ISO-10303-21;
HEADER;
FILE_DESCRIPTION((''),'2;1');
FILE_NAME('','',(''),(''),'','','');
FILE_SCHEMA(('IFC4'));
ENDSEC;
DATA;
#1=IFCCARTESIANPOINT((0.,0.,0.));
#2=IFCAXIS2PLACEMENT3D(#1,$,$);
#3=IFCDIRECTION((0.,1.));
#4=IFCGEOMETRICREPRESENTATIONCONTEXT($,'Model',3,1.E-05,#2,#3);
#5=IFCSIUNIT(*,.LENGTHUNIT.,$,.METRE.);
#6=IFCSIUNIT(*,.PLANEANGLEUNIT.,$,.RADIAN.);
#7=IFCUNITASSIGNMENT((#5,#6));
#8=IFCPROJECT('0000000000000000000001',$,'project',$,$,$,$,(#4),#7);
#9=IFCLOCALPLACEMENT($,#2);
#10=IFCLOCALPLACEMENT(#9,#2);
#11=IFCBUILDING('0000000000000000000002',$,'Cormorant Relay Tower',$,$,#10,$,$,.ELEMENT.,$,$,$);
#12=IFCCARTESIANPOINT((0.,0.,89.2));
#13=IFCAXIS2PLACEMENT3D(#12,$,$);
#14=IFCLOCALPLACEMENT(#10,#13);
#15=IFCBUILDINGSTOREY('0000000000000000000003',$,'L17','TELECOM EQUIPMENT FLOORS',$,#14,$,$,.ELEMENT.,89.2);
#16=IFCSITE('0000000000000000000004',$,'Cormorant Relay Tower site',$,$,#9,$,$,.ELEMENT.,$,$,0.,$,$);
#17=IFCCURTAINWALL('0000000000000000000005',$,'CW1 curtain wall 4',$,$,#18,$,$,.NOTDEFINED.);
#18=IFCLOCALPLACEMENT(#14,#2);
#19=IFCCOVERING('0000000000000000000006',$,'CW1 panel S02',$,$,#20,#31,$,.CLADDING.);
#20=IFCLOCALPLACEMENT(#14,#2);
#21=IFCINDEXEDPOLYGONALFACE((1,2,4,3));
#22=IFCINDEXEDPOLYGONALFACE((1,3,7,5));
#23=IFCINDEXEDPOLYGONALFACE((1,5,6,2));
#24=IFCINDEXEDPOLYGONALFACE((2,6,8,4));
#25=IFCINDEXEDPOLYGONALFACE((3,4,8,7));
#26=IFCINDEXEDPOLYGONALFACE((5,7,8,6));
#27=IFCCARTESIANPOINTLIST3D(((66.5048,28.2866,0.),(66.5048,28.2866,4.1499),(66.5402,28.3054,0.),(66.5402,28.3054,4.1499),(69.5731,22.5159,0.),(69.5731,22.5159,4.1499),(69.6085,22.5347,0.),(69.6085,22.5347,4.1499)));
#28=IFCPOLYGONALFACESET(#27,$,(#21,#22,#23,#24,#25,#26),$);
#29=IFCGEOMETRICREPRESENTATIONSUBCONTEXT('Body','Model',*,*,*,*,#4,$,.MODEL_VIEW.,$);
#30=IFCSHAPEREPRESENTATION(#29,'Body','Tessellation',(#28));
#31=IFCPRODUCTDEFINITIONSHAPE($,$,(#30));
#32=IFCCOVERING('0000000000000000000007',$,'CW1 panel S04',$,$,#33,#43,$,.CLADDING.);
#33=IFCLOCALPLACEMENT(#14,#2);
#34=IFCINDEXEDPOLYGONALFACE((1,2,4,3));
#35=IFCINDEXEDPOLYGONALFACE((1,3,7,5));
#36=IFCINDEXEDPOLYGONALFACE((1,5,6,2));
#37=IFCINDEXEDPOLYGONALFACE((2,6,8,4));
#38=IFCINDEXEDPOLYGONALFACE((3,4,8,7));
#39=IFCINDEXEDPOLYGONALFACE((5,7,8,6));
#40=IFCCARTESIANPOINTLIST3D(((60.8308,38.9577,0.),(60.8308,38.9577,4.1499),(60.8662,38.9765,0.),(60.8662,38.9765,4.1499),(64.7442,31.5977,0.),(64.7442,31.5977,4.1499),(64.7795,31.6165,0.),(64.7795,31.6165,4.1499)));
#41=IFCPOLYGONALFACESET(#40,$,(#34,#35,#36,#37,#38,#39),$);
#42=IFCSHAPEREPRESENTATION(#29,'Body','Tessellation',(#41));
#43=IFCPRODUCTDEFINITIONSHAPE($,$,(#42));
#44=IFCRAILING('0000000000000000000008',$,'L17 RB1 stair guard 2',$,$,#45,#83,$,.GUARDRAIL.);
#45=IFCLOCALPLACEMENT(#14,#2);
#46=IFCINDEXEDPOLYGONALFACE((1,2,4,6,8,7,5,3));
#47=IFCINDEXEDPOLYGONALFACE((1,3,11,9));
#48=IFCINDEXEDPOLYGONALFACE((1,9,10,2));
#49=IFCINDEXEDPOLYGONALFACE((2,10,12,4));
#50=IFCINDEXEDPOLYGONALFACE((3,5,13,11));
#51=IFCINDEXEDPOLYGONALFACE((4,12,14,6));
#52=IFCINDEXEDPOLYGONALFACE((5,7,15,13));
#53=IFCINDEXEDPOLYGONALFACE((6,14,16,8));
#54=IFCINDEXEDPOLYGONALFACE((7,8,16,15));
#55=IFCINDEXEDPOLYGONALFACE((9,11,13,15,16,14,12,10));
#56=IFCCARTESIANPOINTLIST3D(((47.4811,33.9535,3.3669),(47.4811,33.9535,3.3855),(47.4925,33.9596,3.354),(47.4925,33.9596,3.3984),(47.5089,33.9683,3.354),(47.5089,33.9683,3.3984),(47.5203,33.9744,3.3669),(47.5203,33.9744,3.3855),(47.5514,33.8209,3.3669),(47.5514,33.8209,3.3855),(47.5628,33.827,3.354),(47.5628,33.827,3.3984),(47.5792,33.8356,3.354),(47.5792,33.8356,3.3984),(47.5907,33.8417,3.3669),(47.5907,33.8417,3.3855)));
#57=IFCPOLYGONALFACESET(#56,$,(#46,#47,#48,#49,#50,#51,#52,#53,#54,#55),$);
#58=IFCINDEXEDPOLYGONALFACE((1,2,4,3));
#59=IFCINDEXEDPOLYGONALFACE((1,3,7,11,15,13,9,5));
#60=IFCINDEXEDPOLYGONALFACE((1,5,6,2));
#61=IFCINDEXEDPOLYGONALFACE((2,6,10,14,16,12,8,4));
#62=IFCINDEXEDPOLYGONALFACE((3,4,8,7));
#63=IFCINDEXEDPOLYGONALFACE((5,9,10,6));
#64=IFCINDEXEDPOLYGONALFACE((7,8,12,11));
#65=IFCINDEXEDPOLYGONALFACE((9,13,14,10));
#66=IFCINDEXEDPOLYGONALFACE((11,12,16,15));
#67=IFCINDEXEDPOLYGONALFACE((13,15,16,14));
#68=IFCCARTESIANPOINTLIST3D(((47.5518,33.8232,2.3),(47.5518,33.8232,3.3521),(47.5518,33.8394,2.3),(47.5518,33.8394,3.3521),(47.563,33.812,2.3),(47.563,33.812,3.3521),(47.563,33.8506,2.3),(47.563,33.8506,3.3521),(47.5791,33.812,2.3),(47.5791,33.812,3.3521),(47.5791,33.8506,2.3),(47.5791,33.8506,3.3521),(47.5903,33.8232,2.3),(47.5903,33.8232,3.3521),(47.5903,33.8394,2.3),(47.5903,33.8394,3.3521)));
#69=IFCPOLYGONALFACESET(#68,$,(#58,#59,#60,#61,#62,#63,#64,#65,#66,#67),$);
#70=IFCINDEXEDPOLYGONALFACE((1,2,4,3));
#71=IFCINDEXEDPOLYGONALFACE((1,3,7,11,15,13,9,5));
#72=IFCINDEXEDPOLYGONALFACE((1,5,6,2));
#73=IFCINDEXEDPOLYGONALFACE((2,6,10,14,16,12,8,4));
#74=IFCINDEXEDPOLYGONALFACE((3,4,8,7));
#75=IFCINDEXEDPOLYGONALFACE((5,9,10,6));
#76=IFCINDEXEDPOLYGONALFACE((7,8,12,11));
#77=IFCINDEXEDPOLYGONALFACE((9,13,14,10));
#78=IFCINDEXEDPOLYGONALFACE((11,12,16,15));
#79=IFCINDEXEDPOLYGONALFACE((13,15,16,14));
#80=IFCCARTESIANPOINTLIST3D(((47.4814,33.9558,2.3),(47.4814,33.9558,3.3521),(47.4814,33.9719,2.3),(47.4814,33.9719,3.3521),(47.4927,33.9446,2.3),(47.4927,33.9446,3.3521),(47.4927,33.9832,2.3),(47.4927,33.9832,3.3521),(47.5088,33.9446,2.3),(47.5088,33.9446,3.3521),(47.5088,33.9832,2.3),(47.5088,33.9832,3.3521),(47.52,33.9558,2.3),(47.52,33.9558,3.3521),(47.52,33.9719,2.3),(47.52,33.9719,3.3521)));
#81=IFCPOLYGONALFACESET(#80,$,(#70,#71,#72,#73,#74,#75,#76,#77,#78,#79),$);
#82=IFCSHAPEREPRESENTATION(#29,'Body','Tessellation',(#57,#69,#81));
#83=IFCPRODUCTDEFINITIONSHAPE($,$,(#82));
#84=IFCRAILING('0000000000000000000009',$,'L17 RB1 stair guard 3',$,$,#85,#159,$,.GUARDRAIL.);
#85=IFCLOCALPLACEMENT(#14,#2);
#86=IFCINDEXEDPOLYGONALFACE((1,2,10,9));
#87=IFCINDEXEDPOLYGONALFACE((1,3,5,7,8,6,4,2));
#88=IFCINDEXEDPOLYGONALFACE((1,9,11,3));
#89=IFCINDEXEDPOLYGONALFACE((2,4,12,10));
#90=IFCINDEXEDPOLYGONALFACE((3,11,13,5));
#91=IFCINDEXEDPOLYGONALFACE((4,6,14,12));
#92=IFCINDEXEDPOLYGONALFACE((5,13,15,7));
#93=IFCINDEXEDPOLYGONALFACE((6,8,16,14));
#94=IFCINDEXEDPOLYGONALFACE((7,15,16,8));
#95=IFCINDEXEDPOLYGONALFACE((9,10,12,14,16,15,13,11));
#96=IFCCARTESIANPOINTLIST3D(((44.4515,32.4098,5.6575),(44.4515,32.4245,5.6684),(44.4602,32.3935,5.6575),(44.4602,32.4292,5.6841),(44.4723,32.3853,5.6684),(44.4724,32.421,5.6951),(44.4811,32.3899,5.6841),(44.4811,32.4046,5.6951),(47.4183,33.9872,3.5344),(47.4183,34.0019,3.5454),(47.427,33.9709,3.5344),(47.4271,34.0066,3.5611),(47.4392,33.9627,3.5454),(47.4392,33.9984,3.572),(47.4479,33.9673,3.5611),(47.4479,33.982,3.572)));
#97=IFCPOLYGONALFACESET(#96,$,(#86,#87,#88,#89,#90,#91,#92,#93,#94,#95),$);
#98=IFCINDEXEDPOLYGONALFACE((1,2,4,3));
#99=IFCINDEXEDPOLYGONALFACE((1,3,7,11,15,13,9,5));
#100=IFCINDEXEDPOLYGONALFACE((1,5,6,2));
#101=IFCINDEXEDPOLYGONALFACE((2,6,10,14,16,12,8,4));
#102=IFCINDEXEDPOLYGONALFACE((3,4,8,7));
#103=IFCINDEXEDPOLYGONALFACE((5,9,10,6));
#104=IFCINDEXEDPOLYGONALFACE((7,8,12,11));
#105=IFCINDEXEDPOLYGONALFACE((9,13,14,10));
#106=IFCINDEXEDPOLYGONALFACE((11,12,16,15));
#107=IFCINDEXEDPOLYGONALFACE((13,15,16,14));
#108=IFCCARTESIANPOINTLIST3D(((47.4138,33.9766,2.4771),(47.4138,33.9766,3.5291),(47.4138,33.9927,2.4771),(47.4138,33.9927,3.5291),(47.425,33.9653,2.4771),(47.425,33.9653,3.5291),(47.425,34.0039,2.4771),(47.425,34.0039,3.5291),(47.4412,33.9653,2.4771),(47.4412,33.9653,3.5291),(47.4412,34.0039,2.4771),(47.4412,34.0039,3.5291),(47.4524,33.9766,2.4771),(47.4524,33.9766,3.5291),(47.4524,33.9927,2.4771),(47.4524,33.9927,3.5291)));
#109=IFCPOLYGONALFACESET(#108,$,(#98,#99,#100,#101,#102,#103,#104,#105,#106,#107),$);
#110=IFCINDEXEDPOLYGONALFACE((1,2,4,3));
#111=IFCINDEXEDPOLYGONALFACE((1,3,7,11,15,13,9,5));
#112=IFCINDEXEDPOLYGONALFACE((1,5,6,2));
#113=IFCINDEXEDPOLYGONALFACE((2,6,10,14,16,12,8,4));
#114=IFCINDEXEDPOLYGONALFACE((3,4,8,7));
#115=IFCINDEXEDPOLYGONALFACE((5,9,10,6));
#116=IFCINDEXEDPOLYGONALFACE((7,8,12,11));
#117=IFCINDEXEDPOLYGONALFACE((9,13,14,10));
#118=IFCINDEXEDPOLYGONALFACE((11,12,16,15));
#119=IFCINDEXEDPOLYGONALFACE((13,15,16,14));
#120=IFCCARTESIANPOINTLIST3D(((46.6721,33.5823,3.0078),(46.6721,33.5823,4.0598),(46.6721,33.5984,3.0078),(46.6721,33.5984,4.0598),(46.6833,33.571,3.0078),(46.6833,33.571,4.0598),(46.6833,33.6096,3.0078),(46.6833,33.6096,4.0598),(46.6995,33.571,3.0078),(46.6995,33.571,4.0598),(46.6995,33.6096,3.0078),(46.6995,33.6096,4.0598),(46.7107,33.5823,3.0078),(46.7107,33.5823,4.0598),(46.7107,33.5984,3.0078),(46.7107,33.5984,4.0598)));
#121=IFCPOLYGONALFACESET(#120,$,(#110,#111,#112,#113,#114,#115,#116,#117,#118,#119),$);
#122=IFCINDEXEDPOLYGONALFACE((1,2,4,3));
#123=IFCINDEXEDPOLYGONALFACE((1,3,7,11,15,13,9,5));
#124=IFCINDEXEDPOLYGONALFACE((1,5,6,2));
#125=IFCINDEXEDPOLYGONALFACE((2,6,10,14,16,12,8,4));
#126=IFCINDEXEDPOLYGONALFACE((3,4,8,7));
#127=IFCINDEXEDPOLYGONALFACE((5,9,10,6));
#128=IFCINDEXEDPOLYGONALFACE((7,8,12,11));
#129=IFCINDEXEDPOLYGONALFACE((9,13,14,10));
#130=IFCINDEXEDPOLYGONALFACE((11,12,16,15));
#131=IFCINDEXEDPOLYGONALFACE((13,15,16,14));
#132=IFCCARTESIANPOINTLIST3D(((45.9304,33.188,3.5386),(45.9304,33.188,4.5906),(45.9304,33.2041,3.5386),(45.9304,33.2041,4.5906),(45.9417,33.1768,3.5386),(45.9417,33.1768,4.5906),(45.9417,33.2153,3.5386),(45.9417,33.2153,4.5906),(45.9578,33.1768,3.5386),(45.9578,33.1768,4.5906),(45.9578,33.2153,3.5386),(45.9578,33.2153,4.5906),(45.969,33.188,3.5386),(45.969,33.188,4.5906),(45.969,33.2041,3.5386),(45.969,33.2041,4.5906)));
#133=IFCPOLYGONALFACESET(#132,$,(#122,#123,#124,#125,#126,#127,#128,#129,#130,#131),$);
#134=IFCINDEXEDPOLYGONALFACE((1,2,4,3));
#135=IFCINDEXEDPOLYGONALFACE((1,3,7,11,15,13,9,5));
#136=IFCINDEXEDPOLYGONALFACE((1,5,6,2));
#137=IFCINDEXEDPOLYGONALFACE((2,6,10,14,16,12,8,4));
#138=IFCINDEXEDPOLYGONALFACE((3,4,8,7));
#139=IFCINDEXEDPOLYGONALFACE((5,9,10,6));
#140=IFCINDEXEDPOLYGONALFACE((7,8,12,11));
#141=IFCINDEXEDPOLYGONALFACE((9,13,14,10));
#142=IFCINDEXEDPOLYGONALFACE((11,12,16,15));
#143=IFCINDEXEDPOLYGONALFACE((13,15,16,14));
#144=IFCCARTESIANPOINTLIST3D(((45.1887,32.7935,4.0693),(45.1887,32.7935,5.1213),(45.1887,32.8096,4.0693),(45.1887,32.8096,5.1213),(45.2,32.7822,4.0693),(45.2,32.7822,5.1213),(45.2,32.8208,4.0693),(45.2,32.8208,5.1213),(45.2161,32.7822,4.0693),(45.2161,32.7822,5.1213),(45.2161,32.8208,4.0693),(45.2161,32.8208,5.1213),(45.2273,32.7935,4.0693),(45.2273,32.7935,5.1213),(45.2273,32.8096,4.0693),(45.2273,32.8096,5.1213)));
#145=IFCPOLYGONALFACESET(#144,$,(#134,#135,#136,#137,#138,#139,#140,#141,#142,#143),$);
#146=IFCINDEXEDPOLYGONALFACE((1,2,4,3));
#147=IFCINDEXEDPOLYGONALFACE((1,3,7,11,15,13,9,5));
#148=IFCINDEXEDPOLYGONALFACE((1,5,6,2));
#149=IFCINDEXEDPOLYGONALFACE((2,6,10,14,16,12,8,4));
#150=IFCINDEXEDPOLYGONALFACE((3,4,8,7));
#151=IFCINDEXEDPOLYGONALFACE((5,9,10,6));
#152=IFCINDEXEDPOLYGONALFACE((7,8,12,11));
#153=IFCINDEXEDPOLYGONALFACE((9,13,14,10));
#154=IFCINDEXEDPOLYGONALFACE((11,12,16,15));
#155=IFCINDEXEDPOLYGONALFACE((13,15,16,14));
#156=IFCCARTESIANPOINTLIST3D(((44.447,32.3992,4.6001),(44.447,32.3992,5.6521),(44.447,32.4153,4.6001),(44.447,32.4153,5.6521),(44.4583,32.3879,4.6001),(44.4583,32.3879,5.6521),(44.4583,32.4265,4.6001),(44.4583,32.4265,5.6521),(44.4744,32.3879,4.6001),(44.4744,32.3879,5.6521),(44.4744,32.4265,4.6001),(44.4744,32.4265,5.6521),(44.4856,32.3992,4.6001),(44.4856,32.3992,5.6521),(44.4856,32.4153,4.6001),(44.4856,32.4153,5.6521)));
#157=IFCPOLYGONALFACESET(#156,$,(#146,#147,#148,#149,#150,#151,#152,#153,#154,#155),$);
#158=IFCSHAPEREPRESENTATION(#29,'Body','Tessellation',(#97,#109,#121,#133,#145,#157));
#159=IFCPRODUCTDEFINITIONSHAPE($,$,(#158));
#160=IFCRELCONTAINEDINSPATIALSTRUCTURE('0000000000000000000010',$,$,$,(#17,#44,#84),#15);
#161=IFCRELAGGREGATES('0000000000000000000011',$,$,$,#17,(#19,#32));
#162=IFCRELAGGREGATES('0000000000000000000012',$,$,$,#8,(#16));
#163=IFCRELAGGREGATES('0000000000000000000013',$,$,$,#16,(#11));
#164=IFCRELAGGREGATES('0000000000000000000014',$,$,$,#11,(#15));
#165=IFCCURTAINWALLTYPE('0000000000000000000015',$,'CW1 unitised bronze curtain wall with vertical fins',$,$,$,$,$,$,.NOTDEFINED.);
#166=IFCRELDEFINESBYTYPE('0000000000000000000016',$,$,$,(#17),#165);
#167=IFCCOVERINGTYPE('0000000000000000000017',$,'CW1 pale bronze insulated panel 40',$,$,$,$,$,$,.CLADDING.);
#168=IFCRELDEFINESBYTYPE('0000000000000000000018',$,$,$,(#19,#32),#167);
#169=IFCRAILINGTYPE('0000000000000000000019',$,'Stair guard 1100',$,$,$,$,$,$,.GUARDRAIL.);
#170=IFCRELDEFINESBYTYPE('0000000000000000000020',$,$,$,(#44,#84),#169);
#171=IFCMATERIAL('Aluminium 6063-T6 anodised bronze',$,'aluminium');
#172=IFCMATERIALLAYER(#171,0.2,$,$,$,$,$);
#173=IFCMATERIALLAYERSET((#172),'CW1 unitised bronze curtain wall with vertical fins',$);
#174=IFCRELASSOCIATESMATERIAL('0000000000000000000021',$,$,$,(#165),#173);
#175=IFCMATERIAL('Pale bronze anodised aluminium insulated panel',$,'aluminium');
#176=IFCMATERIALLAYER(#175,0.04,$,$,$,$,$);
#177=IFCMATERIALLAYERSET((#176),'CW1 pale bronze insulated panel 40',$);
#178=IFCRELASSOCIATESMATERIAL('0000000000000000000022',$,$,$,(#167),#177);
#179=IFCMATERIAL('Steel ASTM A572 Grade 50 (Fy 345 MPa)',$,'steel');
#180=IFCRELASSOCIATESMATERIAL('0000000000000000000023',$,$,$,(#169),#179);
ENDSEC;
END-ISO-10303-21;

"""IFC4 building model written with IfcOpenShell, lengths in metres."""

from ifc_helpers import new_model, si_unit, direction, frame, origin, origin_2d, place, context, subcontext, project, spatial, polyline, rectangle, outline, extrude, material, layer, layer_set, type_object, element, aggregate, save


model = new_model("IFC4")

# Units and contexts
model_context = context("Model", 3, precision=1e-05, world=origin(), true_north=direction((0.0, 1.0)))
body_context = subcontext(model_context, "Body", "Model", "MODEL_VIEW")
ifc_project = project(units=[si_unit("LENGTHUNIT", "METRE"), si_unit("PLANEANGLEUNIT", "RADIAN")], contexts=[model_context])

# Site, building, storey
site_placement = place(None, origin())
site = spatial("IfcSite", under=ifc_project, at=site_placement, Name="Cormorant Relay Tower site", CompositionType="ELEMENT", RefElevation=0.0)
building_placement = place(site_placement, origin())
building = spatial("IfcBuilding", under=site, at=building_placement, Name="Cormorant Relay Tower", CompositionType="ELEMENT")
storey_placement = place(building_placement, frame((0.0, 0.0, 89.2)))
storey = spatial("IfcBuildingStorey", under=building, at=storey_placement, Name="L17", Description="TELECOM EQUIPMENT FLOORS", CompositionType="ELEMENT", Elevation=89.2)

# Curtain wall
ifc_material_1 = material(Name="Aluminium 6063-T6 anodised bronze", Category="aluminium")
ifc_layer_1 = layer(ifc_material_1, 0.2)
ifc_layer_set_1 = layer_set([ifc_layer_1], Name="CW1 unitised bronze curtain wall with vertical fins")
curtain_wall_type = type_object("IfcCurtainWallType", Name="CW1 unitised bronze curtain wall with vertical fins", PredefinedType="NOTDEFINED", material=ifc_layer_set_1)
curtain_wall_placement = place(storey_placement, origin())
curtain_wall = element("IfcCurtainWall", 1, at=curtain_wall_placement, inside=storey, type_object=curtain_wall_type, Name="CW1 curtain wall 4", PredefinedType="NOTDEFINED")

# Coverings
ifc_material_2 = material(Name="Pale bronze anodised aluminium insulated panel", Category="aluminium")
ifc_layer_2 = layer(ifc_material_2, 0.04)
ifc_layer_set_2 = layer_set([ifc_layer_2], Name="CW1 pale bronze insulated panel 40")
covering_type = type_object("IfcCoveringType", Name="CW1 pale bronze insulated panel 40", PredefinedType="CLADDING", material=ifc_layer_set_2)
covering_1_placement = place(storey_placement, frame((68.0566, 25.4106, 0.0), z_axis=(0.0, 0.0, 1.0), x_axis=(-0.469472, 0.882948, 0.0)))
covering_1 = element("IfcCovering", 2, at=covering_1_placement, type_object=covering_type, Name="CW1 panel S02", PredefinedType="CLADDING", context=body_context, shape_type="SweptSolid", body=[
    extrude(rectangle(XDim=6.5356, YDim=0.04, at=origin_2d()), origin(), (0.0, 0.0, 1.0), 4.1499),
])
covering_2_placement = place(storey_placement, frame((62.8052, 35.2871, 0.0), z_axis=(0.0, 0.0, 1.0), x_axis=(-0.469472, 0.882948, 0.0)))
covering_2 = element("IfcCovering", 3, at=covering_2_placement, type_object=covering_type, Name="CW1 panel S04", PredefinedType="CLADDING", context=body_context, shape_type="SweptSolid", body=[
    extrude(rectangle(XDim=8.3357, YDim=0.04, at=origin_2d()), origin(), (0.0, 0.0, 1.0), 4.1499),
])
aggregate(curtain_wall, [covering_1, covering_2])

# Railings
ifc_material_3 = material(Name="Steel ASTM A572 Grade 50 (Fy 345 MPa)", Category="steel")
railing_type_1 = type_object("IfcRailingType", Name="Stair guard 1100", PredefinedType="GUARDRAIL", material=ifc_material_3)
railing_1_placement = place(storey_placement, frame((47.571, 33.8313, 2.3)))
element("IfcRailing", 4, at=railing_1_placement, inside=storey, type_object=railing_type_1, Name="L17 RB1 stair guard 2", PredefinedType="GUARDRAIL", context=body_context, shape_type="SweptSolid", body=[
    extrude(outline(polyline([(0.0222, 0.0093), (0.0093, 0.0222), (-0.0093, 0.0222), (-0.0222, 0.0093), (-0.0222, -0.0093), (-0.0093, -0.0222), (0.0093, -0.0222), (0.0222, -0.0093), (0.0222, 0.0093)])), frame((0.0, 0.0, 1.0762), z_axis=(-0.46856, 0.883431, 0.0), x_axis=(-0.883431, -0.46856, 0.0)), (0.0, 0.0, 1.0), 0.1501),
    extrude(outline(polyline([(0.0193, 0.0081), (0.0081, 0.0193), (-0.0081, 0.0193), (-0.0193, 0.0081), (-0.0193, -0.0081), (-0.0081, -0.0193), (0.0081, -0.0193), (0.0193, -0.0081), (0.0193, 0.0081)])), origin(), (0.0, 0.0, 1.0), 1.052),
    extrude(outline(polyline([(0.0193, 0.0081), (0.0081, 0.0193), (-0.0081, 0.0193), (-0.0193, 0.0081), (-0.0193, -0.0081), (-0.0081, -0.0193), (0.0081, -0.0193), (0.0193, -0.0081), (0.0193, 0.0081)])), frame((-0.0703, 0.1326, 0.0)), (0.0, 0.0, 1.0), 1.052),
])
railing_2_placement = place(storey_placement, frame((47.4331, 33.9846, 2.4771)))
element("IfcRailing", 5, at=railing_2_placement, inside=storey, type_object=railing_type_1, Name="L17 RB1 stair guard 3", PredefinedType="GUARDRAIL", context=body_context, shape_type="SweptSolid", body=[
    extrude(outline(polyline([(0.0222, 0.0093), (0.0093, 0.0222), (-0.0093, 0.0222), (-0.0222, 0.0093), (-0.0222, -0.0093), (-0.0093, -0.0222), (0.0093, -0.0222), (0.0222, -0.0093), (0.0222, 0.0093)])), frame((0.0, 0.0, 1.0762), z_axis=(-0.746441, -0.396869, 0.534155), x_axis=(0.469453, -0.882958, 0.0)), (0.0, 0.0, 1.0), 3.9746),
    extrude(outline(polyline([(0.0193, 0.0081), (0.0081, 0.0193), (-0.0081, 0.0193), (-0.0193, 0.0081), (-0.0193, -0.0081), (-0.0081, -0.0193), (0.0081, -0.0193), (0.0193, -0.0081), (0.0193, 0.0081)])), origin(), (0.0, 0.0, 1.0), 1.052),
    extrude(outline(polyline([(0.0193, 0.0081), (0.0081, 0.0193), (-0.0081, 0.0193), (-0.0193, 0.0081), (-0.0193, -0.0081), (-0.0081, -0.0193), (0.0081, -0.0193), (0.0193, -0.0081), (0.0193, 0.0081)])), frame((-0.7417, -0.3943, 0.5308)), (0.0, 0.0, 1.0), 1.052),
    extrude(outline(polyline([(0.0193, 0.0081), (0.0081, 0.0193), (-0.0081, 0.0193), (-0.0193, 0.0081), (-0.0193, -0.0081), (-0.0081, -0.0193), (0.0081, -0.0193), (0.0193, -0.0081), (0.0193, 0.0081)])), frame((-1.4834, -0.7886, 1.0615)), (0.0, 0.0, 1.0), 1.052),
    extrude(outline(polyline([(0.0193, 0.0081), (0.0081, 0.0193), (-0.0081, 0.0193), (-0.0193, 0.0081), (-0.0193, -0.0081), (-0.0081, -0.0193), (0.0081, -0.0193), (0.0193, -0.0081), (0.0193, 0.0081)])), frame((-2.2251, -1.1831, 1.5923)), (0.0, 0.0, 1.0), 1.052),
    extrude(outline(polyline([(0.0193, 0.0081), (0.0081, 0.0193), (-0.0081, 0.0193), (-0.0193, 0.0081), (-0.0193, -0.0081), (-0.0081, -0.0193), (0.0081, -0.0193), (0.0193, -0.0081), (0.0193, 0.0081)])), frame((-2.9668, -1.5774, 2.123)), (0.0, 0.0, 1.0), 1.052),
])

save(model, "model.ifc")
